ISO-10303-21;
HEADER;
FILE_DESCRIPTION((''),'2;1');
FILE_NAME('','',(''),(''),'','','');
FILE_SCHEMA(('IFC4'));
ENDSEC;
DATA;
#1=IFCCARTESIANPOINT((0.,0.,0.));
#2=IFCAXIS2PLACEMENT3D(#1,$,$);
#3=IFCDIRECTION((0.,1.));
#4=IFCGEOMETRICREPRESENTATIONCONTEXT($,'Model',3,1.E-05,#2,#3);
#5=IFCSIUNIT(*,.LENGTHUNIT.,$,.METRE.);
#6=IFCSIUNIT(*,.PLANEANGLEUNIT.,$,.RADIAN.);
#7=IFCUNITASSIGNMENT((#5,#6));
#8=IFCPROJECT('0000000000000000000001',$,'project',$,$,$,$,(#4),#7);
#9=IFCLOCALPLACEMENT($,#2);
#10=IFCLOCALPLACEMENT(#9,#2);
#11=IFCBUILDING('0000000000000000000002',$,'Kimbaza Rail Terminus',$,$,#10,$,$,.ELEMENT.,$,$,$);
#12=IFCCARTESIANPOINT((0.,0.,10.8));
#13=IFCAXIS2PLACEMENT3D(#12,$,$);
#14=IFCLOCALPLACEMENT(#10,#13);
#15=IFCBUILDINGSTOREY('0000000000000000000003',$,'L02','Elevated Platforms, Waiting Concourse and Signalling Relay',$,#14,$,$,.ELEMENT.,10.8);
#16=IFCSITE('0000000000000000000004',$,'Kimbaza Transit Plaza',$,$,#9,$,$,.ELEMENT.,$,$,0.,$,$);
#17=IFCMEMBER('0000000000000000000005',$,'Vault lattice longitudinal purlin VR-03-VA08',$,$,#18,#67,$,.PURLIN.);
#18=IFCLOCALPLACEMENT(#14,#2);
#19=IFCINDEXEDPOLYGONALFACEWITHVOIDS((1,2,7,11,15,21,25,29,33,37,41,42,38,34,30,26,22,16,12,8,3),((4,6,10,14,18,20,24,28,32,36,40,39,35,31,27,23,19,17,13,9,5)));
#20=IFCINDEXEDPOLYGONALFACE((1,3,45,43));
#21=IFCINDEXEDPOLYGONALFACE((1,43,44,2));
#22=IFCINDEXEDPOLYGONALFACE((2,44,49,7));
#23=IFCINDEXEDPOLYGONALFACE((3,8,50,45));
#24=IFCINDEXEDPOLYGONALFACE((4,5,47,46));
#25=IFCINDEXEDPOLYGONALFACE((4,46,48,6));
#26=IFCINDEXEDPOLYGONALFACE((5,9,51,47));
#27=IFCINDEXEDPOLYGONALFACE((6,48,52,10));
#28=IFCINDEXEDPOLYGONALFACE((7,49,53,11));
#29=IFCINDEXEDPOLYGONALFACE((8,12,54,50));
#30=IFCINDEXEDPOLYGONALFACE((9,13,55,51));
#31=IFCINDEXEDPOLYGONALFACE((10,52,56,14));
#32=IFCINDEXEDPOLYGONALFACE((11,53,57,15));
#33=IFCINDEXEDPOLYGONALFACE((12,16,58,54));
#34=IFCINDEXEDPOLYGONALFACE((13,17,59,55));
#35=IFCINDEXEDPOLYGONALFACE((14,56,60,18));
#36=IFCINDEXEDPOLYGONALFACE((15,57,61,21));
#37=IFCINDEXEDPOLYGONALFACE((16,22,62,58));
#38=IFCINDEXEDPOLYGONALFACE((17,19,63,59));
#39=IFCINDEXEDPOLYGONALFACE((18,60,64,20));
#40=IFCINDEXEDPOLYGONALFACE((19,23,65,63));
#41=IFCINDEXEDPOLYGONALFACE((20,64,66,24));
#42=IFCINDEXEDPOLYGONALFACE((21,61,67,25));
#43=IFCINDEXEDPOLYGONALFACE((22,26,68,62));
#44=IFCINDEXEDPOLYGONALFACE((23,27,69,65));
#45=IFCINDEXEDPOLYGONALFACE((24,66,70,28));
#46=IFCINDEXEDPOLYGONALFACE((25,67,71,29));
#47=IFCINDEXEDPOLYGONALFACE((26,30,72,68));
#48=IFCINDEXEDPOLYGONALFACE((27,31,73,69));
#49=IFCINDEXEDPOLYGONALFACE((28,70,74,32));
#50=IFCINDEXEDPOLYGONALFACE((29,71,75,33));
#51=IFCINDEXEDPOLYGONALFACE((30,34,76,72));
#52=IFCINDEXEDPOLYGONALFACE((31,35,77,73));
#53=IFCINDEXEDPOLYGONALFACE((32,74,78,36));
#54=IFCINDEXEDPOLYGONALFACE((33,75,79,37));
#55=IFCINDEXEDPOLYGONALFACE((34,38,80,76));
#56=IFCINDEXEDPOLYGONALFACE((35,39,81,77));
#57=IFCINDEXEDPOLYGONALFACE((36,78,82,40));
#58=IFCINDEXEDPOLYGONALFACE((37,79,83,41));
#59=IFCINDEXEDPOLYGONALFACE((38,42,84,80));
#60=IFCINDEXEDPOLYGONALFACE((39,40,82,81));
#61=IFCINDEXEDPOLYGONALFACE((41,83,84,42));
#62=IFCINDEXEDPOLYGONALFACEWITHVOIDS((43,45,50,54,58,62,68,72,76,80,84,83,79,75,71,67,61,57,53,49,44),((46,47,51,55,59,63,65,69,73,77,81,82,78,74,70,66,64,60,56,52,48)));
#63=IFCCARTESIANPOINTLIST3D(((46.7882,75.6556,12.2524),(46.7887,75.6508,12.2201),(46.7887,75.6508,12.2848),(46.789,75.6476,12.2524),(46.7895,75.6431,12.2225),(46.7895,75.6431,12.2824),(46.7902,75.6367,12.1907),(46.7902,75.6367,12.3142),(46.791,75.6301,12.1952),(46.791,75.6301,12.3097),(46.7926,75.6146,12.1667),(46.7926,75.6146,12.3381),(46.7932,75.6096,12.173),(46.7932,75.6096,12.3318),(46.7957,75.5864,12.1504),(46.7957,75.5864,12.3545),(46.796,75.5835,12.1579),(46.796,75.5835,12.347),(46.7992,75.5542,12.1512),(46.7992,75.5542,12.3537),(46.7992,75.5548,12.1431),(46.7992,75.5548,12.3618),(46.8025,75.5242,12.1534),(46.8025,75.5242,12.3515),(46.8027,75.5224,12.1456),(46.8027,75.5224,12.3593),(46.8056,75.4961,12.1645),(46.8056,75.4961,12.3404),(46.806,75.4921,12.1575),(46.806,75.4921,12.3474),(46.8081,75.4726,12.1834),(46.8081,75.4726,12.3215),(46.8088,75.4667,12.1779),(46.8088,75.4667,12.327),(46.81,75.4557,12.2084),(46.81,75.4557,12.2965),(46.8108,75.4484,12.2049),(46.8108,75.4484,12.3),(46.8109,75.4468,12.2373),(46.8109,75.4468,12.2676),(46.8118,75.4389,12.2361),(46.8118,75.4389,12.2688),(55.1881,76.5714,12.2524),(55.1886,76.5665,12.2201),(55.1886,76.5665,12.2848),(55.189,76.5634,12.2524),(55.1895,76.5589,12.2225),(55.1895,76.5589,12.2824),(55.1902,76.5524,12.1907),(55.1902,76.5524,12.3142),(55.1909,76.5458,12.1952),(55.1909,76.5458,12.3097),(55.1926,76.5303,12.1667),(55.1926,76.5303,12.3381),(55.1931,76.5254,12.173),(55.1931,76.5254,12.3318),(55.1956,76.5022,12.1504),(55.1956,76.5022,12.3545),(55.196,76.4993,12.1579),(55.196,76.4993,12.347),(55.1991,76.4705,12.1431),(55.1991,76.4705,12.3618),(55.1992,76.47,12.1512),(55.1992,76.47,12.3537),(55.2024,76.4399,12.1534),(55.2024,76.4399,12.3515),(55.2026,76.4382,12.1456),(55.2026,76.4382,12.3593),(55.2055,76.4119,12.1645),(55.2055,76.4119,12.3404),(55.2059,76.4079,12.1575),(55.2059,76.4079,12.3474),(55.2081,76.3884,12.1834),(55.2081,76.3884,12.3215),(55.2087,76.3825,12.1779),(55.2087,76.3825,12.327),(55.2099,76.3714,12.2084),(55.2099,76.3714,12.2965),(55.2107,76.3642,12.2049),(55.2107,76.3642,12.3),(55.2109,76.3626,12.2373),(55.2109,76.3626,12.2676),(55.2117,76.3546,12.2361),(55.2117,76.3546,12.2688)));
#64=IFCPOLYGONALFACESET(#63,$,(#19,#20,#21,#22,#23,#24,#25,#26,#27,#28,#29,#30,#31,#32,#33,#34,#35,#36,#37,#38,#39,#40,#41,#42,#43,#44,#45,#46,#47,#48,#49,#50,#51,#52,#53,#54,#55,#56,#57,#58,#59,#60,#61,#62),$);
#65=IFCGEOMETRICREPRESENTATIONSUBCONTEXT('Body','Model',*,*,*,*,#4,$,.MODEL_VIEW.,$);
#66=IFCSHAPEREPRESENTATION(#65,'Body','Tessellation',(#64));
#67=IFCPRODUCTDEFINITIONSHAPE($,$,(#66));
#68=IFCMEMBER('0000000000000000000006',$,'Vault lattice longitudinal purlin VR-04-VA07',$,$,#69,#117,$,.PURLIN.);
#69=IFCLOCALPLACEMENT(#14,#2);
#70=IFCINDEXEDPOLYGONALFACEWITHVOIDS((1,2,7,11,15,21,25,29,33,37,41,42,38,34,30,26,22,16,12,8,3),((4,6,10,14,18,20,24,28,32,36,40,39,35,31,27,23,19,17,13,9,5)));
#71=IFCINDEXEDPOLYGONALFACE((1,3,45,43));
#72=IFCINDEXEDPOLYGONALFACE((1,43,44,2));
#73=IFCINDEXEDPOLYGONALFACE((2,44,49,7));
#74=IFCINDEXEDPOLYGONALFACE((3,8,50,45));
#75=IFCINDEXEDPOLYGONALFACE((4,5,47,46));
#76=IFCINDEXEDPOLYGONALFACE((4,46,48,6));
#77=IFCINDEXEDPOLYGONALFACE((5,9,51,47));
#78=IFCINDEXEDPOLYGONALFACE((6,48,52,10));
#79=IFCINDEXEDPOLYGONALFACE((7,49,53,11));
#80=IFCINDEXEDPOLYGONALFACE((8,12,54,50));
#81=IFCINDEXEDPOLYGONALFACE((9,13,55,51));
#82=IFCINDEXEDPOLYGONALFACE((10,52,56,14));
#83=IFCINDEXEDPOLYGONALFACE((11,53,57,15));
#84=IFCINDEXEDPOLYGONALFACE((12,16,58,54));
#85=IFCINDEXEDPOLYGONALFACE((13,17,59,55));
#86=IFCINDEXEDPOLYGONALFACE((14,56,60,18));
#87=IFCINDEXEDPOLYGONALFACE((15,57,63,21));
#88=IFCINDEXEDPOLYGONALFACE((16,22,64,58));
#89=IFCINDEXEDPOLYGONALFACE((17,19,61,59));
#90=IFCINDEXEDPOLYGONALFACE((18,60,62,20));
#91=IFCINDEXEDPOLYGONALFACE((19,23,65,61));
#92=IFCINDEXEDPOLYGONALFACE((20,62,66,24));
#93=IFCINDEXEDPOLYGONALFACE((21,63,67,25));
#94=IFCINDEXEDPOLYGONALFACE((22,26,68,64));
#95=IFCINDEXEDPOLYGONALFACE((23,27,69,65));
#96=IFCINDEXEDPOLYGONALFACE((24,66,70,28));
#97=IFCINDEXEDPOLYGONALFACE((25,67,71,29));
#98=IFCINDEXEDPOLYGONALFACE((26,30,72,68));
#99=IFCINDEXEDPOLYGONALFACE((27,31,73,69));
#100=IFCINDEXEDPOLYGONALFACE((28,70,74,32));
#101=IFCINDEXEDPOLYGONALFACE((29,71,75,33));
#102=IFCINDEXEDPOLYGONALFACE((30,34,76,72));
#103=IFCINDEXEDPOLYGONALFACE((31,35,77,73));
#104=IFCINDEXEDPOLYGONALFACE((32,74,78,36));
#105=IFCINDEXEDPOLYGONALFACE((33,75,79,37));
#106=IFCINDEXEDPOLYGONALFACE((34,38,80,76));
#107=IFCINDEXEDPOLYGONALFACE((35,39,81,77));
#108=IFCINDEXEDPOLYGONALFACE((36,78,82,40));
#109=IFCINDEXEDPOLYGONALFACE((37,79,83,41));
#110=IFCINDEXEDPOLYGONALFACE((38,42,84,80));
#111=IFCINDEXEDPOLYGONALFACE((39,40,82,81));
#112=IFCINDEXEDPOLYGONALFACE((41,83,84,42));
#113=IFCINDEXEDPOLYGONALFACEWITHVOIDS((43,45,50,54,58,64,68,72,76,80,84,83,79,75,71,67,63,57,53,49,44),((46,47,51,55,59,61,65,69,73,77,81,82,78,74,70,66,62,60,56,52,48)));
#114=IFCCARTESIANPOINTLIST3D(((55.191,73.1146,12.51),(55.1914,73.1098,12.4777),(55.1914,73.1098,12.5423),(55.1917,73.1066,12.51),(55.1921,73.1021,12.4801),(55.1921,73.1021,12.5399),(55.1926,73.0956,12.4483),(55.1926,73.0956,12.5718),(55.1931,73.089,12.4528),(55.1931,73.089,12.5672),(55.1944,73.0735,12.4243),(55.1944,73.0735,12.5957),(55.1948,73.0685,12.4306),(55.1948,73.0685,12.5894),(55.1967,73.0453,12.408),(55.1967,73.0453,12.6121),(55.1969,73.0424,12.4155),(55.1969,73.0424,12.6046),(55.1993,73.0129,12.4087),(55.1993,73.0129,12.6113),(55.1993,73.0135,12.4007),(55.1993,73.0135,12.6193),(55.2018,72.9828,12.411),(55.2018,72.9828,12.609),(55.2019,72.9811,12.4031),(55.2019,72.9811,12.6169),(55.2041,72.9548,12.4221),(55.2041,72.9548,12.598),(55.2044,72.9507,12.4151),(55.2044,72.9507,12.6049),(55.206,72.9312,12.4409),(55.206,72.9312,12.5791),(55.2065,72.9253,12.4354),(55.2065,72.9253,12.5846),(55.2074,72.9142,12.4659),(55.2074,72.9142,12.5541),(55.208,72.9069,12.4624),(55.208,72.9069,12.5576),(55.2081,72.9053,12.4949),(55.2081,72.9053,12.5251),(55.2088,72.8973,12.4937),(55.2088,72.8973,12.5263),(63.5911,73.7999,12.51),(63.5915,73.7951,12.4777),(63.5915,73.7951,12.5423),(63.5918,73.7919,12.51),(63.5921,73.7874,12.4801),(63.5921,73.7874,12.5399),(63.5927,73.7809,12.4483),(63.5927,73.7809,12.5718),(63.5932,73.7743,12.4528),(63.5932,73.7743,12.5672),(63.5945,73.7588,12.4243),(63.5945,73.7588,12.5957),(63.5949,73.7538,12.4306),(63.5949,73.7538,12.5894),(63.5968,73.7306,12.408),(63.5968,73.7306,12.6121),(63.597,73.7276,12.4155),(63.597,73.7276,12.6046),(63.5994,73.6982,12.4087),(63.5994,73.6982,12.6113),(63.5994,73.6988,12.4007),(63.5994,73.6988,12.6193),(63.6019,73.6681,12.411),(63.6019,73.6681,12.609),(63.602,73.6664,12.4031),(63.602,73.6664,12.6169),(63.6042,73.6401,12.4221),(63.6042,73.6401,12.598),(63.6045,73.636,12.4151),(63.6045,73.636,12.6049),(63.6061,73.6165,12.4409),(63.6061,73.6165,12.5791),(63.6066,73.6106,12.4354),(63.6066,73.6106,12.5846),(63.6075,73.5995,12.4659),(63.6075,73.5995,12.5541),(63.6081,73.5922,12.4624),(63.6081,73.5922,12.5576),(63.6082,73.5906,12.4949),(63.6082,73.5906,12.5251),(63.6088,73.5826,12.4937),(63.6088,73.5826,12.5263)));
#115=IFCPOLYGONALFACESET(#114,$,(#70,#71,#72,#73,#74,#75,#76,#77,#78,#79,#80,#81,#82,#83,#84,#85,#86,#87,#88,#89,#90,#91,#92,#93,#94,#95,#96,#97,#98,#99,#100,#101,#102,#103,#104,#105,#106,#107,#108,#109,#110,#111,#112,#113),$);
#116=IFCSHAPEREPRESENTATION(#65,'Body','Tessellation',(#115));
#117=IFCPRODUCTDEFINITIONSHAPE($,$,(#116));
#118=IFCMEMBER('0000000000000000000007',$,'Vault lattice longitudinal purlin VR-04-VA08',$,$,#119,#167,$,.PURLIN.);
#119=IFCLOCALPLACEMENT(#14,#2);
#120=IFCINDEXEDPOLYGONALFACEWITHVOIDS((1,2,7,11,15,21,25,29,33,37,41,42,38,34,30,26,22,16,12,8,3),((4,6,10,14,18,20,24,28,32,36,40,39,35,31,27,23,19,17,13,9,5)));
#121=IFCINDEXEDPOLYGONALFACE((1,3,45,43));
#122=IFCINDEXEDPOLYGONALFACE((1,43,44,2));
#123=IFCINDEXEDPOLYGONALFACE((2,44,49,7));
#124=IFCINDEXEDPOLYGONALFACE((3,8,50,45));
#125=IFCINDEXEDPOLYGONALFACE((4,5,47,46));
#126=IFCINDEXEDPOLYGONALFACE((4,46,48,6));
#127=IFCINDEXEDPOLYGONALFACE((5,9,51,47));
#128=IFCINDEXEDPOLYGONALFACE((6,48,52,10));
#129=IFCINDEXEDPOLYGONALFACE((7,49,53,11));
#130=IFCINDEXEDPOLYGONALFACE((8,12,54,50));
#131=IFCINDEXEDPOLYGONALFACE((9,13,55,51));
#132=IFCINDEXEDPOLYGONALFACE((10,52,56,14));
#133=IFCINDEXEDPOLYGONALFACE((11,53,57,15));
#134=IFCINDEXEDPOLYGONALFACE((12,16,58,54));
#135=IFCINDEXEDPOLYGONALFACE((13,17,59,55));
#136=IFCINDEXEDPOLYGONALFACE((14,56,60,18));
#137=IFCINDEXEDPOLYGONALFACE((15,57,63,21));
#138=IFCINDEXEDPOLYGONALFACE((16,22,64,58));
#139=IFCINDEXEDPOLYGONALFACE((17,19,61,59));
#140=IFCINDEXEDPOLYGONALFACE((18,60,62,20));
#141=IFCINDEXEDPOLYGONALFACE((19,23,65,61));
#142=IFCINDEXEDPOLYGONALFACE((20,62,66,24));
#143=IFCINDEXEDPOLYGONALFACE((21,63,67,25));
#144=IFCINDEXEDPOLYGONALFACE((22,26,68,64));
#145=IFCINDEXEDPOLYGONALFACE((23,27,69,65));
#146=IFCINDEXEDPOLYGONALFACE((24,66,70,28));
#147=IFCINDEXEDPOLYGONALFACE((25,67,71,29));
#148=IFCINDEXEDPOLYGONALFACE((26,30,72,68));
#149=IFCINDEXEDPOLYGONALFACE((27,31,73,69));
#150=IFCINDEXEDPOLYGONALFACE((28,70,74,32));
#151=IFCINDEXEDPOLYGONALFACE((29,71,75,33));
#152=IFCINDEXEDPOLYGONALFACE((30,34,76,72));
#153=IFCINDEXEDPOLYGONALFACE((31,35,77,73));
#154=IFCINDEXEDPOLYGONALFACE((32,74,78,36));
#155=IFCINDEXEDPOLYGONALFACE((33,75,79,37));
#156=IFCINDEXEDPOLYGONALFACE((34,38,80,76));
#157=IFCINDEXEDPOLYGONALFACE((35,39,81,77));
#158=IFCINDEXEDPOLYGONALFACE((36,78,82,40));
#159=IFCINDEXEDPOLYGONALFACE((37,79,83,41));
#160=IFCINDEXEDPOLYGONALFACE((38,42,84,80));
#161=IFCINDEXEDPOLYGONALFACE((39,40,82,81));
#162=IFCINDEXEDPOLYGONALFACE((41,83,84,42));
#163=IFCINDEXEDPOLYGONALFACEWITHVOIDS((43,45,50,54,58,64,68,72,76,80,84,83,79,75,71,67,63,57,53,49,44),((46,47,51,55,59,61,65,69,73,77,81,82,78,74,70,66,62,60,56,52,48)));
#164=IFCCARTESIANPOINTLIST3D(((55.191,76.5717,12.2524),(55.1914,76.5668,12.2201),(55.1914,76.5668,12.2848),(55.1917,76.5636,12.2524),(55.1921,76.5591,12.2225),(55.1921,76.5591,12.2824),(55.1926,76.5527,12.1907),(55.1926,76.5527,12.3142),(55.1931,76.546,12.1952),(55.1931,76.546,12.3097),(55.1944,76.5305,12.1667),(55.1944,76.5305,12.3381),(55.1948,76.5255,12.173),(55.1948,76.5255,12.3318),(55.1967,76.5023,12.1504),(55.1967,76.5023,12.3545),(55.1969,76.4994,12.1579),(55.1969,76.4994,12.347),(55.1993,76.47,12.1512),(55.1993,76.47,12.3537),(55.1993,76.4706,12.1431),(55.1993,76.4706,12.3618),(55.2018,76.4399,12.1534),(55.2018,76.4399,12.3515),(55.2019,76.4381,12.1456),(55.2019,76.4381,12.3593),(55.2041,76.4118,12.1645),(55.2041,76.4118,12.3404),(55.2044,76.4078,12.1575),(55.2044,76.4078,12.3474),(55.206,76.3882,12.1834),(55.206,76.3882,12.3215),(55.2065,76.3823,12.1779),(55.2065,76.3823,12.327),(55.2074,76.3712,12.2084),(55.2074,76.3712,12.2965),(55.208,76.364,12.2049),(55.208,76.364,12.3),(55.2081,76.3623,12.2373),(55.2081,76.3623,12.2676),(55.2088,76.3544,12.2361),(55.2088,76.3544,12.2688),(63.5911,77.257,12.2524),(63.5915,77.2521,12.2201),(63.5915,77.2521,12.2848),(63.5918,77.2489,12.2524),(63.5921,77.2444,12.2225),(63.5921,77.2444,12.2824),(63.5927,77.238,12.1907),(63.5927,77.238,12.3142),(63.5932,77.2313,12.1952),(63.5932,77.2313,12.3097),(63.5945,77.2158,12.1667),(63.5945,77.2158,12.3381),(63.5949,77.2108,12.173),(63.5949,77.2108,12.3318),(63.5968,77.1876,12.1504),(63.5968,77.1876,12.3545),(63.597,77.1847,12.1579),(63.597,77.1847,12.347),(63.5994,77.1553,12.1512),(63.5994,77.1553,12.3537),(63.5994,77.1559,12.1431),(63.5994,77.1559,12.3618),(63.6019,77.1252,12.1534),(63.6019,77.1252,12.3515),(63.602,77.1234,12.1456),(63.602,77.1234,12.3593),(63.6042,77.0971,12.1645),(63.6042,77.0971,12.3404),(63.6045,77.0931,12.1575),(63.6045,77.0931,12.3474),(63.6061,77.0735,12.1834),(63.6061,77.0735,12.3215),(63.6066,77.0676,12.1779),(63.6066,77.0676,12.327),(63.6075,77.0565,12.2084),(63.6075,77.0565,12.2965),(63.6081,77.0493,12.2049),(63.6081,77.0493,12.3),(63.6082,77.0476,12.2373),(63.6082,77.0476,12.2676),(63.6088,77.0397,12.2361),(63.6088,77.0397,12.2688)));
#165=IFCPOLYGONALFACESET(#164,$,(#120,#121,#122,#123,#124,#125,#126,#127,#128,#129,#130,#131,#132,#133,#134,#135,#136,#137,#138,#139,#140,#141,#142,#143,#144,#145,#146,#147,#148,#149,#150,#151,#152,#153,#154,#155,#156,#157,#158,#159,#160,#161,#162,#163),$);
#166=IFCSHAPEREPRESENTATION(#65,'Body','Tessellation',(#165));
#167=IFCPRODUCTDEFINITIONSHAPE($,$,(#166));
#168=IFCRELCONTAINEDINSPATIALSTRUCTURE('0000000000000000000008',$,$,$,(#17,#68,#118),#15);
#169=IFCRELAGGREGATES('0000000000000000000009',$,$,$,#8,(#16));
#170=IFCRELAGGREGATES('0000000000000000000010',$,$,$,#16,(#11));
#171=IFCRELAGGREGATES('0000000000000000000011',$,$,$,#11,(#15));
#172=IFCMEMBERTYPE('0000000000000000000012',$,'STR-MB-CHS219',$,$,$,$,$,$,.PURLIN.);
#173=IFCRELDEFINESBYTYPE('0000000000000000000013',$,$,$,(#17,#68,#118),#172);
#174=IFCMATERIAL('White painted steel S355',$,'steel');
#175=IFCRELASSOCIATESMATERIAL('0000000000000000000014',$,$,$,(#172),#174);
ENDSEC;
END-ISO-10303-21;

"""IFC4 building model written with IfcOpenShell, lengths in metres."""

from ifc_helpers import new_model, si_unit, direction, frame, origin, origin_2d, place, context, subcontext, project, spatial, hollow_circle, extrude, material, material_profile, profile_set, type_object, element, save


model = new_model("IFC4")

# Units and contexts
model_context = context("Model", 3, precision=1e-05, world=origin(), true_north=direction((0.0, 1.0)))
body_context = subcontext(model_context, "Body", "Model", "MODEL_VIEW")
ifc_project = project(units=[si_unit("LENGTHUNIT", "METRE"), si_unit("PLANEANGLEUNIT", "RADIAN")], contexts=[model_context])

# Site, building, storey
site_placement = place(None, origin())
site = spatial("IfcSite", under=ifc_project, at=site_placement, Name="Kimbaza Transit Plaza", CompositionType="ELEMENT", RefElevation=0.0)
building_placement = place(site_placement, origin())
building = spatial("IfcBuilding", under=site, at=building_placement, Name="Kimbaza Rail Terminus", CompositionType="ELEMENT")
storey_placement = place(building_placement, frame((0.0, 0.0, 10.8)))
storey = spatial("IfcBuildingStorey", under=building, at=storey_placement, Name="L02", Description="Elevated Platforms, Waiting Concourse and Signalling Relay", CompositionType="ELEMENT", Elevation=10.8)

# Members
ifc_material_1 = material(Name="White painted steel S355", Category="steel")
ifc_material_profile_1 = material_profile(ifc_material_1, hollow_circle(Radius=0.1096, WallThickness=0.0081, at=origin_2d()), Name="CHS 219.1x8")
ifc_profile_set_1 = profile_set([ifc_material_profile_1], Name="White painted steel S355")
member_type_1 = type_object("IfcMemberType", Name="STR-MB-CHS219", PredefinedType="PURLIN", material=ifc_profile_set_1)
member_1_placement = place(storey_placement, frame((46.8, 75.5466, 12.2524), z_axis=(0.99411, 0.10838, 0.0), x_axis=(-0.10838, 0.99411, 0.0)))
element("IfcMember", 1, at=member_1_placement, inside=storey, type_object=member_type_1, Name="Vault lattice longitudinal purlin VR-03-VA08", PredefinedType="PURLIN", context=body_context, shape_type="SweptSolid", body=[
    extrude(hollow_circle(Radius=0.1096, WallThickness=0.0081, at=origin_2d()), origin(), (0.0, 0.0, 1.0), 8.4497),
])
for number, where, z_axis, x_axis, name in (
    (2, (55.2, 73.0054, 12.51), (0.996689, 0.081312, 0.0), (-0.081312, 0.996689, 0.0), "Vault lattice longitudinal purlin VR-04-VA07"),
    (3, (55.2, 76.4624, 12.2524), (0.996689, 0.081312, 0.0), (-0.081312, 0.996689, 0.0), "Vault lattice longitudinal purlin VR-04-VA08"),
):
    element("IfcMember", number, at=place(storey_placement, frame(where, z_axis=z_axis, x_axis=x_axis)), inside=storey, type_object=member_type_1, Name=name, PredefinedType="PURLIN", context=body_context, shape_type="SweptSolid", body=[
        extrude(hollow_circle(Radius=0.1096, WallThickness=0.0081, at=origin_2d()), origin(), (0.0, 0.0, 1.0), 8.428),
    ])

save(model, "model.ifc")
